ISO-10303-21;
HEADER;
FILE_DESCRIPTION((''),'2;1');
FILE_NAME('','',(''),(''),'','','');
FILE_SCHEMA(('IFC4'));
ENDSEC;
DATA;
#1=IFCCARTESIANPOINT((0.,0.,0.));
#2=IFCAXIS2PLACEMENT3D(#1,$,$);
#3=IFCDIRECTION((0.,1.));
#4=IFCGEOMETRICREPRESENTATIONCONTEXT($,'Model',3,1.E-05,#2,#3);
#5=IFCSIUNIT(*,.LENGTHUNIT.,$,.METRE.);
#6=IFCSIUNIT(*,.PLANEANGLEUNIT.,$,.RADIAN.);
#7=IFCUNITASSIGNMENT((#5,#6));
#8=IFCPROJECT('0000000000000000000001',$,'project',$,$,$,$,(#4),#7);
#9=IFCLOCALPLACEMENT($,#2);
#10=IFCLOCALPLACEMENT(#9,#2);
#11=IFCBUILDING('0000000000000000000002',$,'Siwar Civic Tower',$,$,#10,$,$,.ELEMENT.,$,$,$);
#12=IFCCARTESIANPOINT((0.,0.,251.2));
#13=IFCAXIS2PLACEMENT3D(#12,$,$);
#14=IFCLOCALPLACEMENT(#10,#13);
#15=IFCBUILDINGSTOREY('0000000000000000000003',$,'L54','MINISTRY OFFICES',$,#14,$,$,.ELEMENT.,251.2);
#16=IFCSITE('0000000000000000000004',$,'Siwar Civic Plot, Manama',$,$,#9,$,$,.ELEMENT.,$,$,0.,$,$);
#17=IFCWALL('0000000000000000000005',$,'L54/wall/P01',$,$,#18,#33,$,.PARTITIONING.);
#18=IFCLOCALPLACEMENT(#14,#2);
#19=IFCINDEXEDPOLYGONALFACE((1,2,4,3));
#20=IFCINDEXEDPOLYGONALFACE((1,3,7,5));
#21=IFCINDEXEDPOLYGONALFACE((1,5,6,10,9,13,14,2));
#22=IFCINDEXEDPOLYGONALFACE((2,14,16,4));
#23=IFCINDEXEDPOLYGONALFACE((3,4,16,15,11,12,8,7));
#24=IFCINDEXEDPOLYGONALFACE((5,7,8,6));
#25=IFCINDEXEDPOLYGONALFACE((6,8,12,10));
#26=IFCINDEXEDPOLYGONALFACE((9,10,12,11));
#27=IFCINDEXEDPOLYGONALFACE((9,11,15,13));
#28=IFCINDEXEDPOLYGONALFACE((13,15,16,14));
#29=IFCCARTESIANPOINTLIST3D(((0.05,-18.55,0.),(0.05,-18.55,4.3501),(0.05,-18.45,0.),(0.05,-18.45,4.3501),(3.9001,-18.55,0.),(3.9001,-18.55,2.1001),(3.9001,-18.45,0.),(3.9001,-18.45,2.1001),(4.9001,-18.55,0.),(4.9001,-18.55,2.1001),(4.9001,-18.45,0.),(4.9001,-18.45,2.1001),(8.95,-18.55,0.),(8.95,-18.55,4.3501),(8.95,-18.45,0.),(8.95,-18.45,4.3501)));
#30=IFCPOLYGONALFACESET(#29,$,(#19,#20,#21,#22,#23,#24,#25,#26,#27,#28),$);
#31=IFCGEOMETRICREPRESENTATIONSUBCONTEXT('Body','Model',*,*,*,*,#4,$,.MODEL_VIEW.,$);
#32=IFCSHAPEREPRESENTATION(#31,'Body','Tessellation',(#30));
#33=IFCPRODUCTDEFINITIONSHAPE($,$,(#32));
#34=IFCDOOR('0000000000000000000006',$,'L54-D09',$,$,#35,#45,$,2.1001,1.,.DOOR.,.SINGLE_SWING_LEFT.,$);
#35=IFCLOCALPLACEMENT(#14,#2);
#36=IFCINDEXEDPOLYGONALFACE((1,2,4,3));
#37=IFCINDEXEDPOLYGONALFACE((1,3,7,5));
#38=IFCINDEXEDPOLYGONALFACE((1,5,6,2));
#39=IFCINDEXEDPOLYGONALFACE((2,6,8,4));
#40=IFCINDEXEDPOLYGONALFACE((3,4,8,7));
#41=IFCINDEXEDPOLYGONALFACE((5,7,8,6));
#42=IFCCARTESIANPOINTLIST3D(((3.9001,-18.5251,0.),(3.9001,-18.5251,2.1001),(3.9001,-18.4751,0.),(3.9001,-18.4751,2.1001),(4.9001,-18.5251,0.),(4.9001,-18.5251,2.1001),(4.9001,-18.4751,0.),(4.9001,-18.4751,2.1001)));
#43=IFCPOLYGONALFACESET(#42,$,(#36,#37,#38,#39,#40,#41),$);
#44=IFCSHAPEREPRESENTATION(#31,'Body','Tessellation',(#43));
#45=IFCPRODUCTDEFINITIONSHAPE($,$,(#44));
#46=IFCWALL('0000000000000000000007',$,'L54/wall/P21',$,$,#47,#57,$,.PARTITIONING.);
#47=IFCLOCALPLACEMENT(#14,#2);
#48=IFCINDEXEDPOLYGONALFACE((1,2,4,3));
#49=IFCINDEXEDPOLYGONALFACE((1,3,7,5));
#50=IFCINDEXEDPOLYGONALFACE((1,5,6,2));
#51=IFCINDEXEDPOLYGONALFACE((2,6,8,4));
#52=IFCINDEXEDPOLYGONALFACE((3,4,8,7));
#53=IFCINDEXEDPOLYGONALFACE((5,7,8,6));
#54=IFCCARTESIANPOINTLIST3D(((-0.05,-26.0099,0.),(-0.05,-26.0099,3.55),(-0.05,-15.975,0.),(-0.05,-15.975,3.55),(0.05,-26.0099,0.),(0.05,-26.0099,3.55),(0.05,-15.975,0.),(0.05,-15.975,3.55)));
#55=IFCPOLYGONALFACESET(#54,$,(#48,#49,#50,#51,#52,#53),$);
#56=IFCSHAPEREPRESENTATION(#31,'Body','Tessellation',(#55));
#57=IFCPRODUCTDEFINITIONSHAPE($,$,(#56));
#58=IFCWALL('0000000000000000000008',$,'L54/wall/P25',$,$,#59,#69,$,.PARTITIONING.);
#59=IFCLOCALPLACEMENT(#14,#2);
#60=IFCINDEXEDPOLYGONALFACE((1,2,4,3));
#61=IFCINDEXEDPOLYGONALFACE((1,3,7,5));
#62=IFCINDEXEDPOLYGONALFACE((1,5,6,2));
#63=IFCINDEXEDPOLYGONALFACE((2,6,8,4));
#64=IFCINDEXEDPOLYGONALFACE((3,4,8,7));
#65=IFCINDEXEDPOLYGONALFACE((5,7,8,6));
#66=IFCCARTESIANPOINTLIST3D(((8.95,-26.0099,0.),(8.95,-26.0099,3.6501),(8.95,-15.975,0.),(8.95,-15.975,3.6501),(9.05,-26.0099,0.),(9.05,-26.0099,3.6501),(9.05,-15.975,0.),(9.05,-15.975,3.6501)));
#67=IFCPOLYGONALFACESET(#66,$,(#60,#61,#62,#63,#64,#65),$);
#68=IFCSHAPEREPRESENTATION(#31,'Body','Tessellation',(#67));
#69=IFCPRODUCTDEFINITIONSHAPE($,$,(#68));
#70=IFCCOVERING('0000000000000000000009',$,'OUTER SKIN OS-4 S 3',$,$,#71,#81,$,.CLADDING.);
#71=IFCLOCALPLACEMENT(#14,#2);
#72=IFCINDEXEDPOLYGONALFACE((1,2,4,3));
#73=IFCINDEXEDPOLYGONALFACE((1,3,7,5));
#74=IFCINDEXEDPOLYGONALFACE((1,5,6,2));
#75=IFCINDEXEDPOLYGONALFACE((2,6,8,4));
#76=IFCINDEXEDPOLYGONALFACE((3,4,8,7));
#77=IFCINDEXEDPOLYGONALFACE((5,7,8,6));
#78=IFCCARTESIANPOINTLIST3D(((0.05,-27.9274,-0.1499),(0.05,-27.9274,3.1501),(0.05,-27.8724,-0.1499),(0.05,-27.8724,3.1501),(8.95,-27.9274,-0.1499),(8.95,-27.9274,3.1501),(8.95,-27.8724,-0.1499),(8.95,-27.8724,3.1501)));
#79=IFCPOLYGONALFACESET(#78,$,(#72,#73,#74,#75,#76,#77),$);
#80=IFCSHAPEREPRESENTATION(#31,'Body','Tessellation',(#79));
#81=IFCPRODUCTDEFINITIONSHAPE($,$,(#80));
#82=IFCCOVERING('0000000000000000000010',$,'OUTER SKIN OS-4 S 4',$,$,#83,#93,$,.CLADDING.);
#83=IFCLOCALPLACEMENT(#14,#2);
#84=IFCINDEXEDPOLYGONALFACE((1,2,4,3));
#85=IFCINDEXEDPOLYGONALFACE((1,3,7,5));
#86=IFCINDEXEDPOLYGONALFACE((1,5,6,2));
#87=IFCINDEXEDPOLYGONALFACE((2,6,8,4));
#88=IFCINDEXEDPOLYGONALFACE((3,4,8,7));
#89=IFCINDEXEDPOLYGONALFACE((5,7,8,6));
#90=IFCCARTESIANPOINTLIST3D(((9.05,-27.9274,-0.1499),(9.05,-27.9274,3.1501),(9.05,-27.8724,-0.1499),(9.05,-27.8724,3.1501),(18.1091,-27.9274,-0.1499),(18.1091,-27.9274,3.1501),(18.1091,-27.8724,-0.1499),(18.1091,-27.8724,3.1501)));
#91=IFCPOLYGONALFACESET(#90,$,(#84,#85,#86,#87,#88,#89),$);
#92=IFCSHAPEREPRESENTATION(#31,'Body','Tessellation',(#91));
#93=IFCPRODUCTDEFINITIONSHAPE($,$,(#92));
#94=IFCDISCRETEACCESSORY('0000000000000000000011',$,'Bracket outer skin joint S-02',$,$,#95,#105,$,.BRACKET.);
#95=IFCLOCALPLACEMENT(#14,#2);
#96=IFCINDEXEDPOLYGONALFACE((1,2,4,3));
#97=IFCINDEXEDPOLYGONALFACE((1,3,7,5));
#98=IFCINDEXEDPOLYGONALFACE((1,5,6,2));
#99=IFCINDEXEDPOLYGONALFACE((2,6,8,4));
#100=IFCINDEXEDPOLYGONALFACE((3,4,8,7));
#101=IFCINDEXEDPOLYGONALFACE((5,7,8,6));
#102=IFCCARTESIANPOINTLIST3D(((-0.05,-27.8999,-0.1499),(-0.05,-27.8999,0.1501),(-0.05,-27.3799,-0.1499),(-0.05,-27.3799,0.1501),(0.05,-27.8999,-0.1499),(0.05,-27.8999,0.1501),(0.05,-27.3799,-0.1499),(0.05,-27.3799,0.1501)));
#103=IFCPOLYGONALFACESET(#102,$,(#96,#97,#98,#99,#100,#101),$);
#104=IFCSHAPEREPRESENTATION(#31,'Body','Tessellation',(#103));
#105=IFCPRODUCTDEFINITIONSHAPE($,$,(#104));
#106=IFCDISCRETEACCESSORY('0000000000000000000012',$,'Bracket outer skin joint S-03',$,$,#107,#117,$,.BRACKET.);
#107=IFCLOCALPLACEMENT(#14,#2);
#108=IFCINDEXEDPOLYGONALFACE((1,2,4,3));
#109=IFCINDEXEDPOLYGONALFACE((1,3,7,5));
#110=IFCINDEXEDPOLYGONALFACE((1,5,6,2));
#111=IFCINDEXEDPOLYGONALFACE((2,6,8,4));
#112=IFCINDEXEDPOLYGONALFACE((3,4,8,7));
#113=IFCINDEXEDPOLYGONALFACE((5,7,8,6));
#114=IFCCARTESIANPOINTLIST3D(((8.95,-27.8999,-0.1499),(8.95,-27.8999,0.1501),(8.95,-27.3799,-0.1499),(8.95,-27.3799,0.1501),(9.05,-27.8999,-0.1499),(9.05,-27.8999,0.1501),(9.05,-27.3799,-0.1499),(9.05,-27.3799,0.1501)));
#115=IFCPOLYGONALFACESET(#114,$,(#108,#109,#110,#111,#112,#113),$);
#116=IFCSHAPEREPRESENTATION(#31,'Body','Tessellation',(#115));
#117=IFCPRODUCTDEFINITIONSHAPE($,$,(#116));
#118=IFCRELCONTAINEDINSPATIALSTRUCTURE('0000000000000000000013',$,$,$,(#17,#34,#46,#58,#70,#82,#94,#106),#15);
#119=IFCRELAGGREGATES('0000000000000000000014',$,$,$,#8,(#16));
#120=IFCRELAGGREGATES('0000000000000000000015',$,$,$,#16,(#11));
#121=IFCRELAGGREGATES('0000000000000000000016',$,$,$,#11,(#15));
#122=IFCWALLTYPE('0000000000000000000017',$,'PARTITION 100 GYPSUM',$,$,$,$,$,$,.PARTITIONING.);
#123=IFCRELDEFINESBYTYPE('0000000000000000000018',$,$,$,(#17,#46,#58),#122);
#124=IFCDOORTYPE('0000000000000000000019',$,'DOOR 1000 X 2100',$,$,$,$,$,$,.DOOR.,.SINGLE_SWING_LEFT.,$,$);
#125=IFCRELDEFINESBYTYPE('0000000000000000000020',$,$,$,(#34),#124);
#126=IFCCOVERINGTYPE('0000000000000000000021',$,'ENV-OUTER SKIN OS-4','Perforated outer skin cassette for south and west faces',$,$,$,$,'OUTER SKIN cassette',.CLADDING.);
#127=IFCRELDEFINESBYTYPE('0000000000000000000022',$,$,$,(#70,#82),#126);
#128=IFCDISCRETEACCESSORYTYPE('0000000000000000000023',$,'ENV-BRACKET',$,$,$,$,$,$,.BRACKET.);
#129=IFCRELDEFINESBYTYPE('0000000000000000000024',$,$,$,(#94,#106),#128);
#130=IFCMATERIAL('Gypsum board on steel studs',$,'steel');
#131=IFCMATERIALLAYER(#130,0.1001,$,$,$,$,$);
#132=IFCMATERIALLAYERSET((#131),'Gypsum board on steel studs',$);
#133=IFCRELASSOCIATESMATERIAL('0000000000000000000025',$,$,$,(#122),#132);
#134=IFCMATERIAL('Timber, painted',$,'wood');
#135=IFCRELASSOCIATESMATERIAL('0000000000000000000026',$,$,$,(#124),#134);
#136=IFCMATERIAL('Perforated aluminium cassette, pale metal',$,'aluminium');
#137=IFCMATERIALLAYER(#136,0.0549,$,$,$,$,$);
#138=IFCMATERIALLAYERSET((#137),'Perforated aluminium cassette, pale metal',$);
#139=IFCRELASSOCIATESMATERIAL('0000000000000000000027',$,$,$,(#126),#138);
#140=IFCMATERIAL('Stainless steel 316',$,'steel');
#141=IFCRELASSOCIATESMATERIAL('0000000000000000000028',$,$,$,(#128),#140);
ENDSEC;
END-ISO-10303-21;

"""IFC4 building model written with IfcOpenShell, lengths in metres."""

from ifc_helpers import new_model, si_unit, direction, frame, frame_2d, origin, origin_2d, place, context, subcontext, project, spatial, rectangle, extrude, material, layer, layer_set, type_object, element, fill, save


model = new_model("IFC4")

# Units and contexts
model_context = context("Model", 3, precision=1e-05, world=origin(), true_north=direction((0.0, 1.0)))
body_context = subcontext(model_context, "Body", "Model", "MODEL_VIEW")
ifc_project = project(units=[si_unit("LENGTHUNIT", "METRE"), si_unit("PLANEANGLEUNIT", "RADIAN")], contexts=[model_context])

# Site, building, storey
site_placement = place(None, origin())
site = spatial("IfcSite", under=ifc_project, at=site_placement, Name="Siwar Civic Plot, Manama", CompositionType="ELEMENT", RefElevation=0.0)
building_placement = place(site_placement, origin())
building = spatial("IfcBuilding", under=site, at=building_placement, Name="Siwar Civic Tower", CompositionType="ELEMENT")
storey_placement = place(building_placement, frame((0.0, 0.0, 251.2)))
storey = spatial("IfcBuildingStorey", under=building, at=storey_placement, Name="L54", Description="MINISTRY OFFICES", CompositionType="ELEMENT", Elevation=251.2)

# Wall, opening, door
ifc_material_1 = material(Name="Gypsum board on steel studs", Category="steel")
ifc_layer_1 = layer(ifc_material_1, 0.1001)
ifc_layer_set_1 = layer_set([ifc_layer_1], Name="Gypsum board on steel studs")
wall_type_1 = type_object("IfcWallType", Name="PARTITION 100 GYPSUM", PredefinedType="PARTITIONING", material=ifc_layer_set_1)
wall_1_placement = place(storey_placement, frame((0.05, -18.5, 0.0), z_axis=(0.0, 0.0, 1.0), x_axis=(1.0, 0.0, 0.0)))
wall_1 = element("IfcWall", 1, at=wall_1_placement, inside=storey, type_object=wall_type_1, Name="L54/wall/P01", PredefinedType="PARTITIONING", context=body_context, shape_type="SweptSolid", body=[
    extrude(rectangle(XDim=8.8999, YDim=0.1001, at=frame_2d((4.45, 0.0))), origin(), (0.0, 0.0, 1.0), 4.3501),
])
opening_placement = place(wall_1_placement, frame((3.8501, 0.0, 0.0)))
opening = element("IfcOpeningElement", 2, at=opening_placement, cuts=wall_1, PredefinedType="OPENING", context=body_context, shape_type="SweptSolid", body=[
    extrude(rectangle(XDim=1.0, YDim=2.1001, at=frame_2d((0.5, 1.05))), frame((0.0, 0.0601, 0.0), z_axis=(0.0, -1.0, 0.0), x_axis=(1.0, 0.0, 0.0)), (0.0, 0.0, 1.0), 0.1201),
])
ifc_material_2 = material(Name="Timber, painted", Category="wood")
door_type = type_object("IfcDoorType", Name="DOOR 1000 X 2100", OperationType="SINGLE_SWING_LEFT", PredefinedType="DOOR", material=ifc_material_2)
door_placement = place(opening_placement, origin())
door = element("IfcDoor", 3, at=door_placement, inside=storey, type_object=door_type, Name="L54-D09", OperationType="SINGLE_SWING_LEFT", OverallHeight=2.1001, OverallWidth=1.0, PredefinedType="DOOR", context=body_context, shape_type="SweptSolid", body=[
    extrude(rectangle(XDim=1.0, YDim=2.1001, at=frame_2d((0.5, 1.05))), frame((0.0, 0.0249, 0.0), z_axis=(0.0, -1.0, 0.0), x_axis=(1.0, 0.0, 0.0)), (0.0, 0.0, 1.0), 0.05),
])
fill(opening, door)

# Walls
wall_2_placement = place(storey_placement, frame((0.0, -26.01, 0.0), z_axis=(0.0, 0.0, 1.0), x_axis=(0.0, 1.0, 0.0)))
element("IfcWall", 4, at=wall_2_placement, inside=storey, type_object=wall_type_1, Name="L54/wall/P21", PredefinedType="PARTITIONING", context=body_context, shape_type="SweptSolid", body=[
    extrude(rectangle(XDim=10.0349, YDim=0.1001, at=frame_2d((5.0176, 0.0))), origin(), (0.0, 0.0, 1.0), 3.55),
])
wall_3_placement = place(storey_placement, frame((9.0, -26.01, 0.0), z_axis=(0.0, 0.0, 1.0), x_axis=(0.0, 1.0, 0.0)))
element("IfcWall", 5, at=wall_3_placement, inside=storey, type_object=wall_type_1, Name="L54/wall/P25", PredefinedType="PARTITIONING", context=body_context, shape_type="SweptSolid", body=[
    extrude(rectangle(XDim=10.0349, YDim=0.1001, at=frame_2d((5.0176, 0.0))), origin(), (0.0, 0.0, 1.0), 3.6501),
])

# Coverings
ifc_material_3 = material(Name="Perforated aluminium cassette, pale metal", Category="aluminium")
ifc_layer_2 = layer(ifc_material_3, 0.0549)
ifc_layer_set_2 = layer_set([ifc_layer_2], Name="Perforated aluminium cassette, pale metal")
covering_type = type_object("IfcCoveringType", Name="ENV-OUTER SKIN OS-4", Description="Perforated outer skin cassette for south and west faces", ElementType="OUTER SKIN cassette", PredefinedType="CLADDING", material=ifc_layer_set_2)
covering_1_placement = place(storey_placement, frame((4.5, -27.8999, -0.1499), z_axis=(0.0, 0.0, 1.0), x_axis=(1.0, 0.0, 0.0)))
element("IfcCovering", 6, at=covering_1_placement, inside=storey, type_object=covering_type, Name="OUTER SKIN OS-4 S 3", PredefinedType="CLADDING", context=body_context, shape_type="SweptSolid", body=[
    extrude(rectangle(XDim=8.8999, YDim=0.0549, at=origin_2d()), origin(), (0.0, 0.0, 1.0), 3.3),
])
covering_2_placement = place(storey_placement, frame((13.5796, -27.8999, -0.1499), z_axis=(0.0, 0.0, 1.0), x_axis=(1.0, 0.0, 0.0)))
element("IfcCovering", 7, at=covering_2_placement, inside=storey, type_object=covering_type, Name="OUTER SKIN OS-4 S 4", PredefinedType="CLADDING", context=body_context, shape_type="SweptSolid", body=[
    extrude(rectangle(XDim=9.0591, YDim=0.0549, at=origin_2d()), origin(), (0.0, 0.0, 1.0), 3.3),
])

# Discrete accessories
ifc_material_4 = material(Name="Stainless steel 316", Category="steel")
discrete_accessory_type = type_object("IfcDiscreteAccessoryType", Name="ENV-BRACKET", PredefinedType="BRACKET", material=ifc_material_4)
for number, where, z_axis, x_axis, name in (
    (8, (0.0, -27.6399, -0.1499), (0.0, 0.0, 1.0), (0.0, -1.0, 0.0), "Bracket outer skin joint S-02"),
    (9, (9.0, -27.6399, -0.1499), (0.0, 0.0, 1.0), (0.0, -1.0, 0.0), "Bracket outer skin joint S-03"),
):
    element("IfcDiscreteAccessory", number, at=place(storey_placement, frame(where, z_axis=z_axis, x_axis=x_axis)), inside=storey, type_object=discrete_accessory_type, Name=name, PredefinedType="BRACKET", context=body_context, shape_type="SweptSolid", body=[
        extrude(rectangle(XDim=0.52, YDim=0.1001, at=origin_2d()), origin(), (0.0, 0.0, 1.0), 0.3),
    ])

save(model, "model.ifc")
